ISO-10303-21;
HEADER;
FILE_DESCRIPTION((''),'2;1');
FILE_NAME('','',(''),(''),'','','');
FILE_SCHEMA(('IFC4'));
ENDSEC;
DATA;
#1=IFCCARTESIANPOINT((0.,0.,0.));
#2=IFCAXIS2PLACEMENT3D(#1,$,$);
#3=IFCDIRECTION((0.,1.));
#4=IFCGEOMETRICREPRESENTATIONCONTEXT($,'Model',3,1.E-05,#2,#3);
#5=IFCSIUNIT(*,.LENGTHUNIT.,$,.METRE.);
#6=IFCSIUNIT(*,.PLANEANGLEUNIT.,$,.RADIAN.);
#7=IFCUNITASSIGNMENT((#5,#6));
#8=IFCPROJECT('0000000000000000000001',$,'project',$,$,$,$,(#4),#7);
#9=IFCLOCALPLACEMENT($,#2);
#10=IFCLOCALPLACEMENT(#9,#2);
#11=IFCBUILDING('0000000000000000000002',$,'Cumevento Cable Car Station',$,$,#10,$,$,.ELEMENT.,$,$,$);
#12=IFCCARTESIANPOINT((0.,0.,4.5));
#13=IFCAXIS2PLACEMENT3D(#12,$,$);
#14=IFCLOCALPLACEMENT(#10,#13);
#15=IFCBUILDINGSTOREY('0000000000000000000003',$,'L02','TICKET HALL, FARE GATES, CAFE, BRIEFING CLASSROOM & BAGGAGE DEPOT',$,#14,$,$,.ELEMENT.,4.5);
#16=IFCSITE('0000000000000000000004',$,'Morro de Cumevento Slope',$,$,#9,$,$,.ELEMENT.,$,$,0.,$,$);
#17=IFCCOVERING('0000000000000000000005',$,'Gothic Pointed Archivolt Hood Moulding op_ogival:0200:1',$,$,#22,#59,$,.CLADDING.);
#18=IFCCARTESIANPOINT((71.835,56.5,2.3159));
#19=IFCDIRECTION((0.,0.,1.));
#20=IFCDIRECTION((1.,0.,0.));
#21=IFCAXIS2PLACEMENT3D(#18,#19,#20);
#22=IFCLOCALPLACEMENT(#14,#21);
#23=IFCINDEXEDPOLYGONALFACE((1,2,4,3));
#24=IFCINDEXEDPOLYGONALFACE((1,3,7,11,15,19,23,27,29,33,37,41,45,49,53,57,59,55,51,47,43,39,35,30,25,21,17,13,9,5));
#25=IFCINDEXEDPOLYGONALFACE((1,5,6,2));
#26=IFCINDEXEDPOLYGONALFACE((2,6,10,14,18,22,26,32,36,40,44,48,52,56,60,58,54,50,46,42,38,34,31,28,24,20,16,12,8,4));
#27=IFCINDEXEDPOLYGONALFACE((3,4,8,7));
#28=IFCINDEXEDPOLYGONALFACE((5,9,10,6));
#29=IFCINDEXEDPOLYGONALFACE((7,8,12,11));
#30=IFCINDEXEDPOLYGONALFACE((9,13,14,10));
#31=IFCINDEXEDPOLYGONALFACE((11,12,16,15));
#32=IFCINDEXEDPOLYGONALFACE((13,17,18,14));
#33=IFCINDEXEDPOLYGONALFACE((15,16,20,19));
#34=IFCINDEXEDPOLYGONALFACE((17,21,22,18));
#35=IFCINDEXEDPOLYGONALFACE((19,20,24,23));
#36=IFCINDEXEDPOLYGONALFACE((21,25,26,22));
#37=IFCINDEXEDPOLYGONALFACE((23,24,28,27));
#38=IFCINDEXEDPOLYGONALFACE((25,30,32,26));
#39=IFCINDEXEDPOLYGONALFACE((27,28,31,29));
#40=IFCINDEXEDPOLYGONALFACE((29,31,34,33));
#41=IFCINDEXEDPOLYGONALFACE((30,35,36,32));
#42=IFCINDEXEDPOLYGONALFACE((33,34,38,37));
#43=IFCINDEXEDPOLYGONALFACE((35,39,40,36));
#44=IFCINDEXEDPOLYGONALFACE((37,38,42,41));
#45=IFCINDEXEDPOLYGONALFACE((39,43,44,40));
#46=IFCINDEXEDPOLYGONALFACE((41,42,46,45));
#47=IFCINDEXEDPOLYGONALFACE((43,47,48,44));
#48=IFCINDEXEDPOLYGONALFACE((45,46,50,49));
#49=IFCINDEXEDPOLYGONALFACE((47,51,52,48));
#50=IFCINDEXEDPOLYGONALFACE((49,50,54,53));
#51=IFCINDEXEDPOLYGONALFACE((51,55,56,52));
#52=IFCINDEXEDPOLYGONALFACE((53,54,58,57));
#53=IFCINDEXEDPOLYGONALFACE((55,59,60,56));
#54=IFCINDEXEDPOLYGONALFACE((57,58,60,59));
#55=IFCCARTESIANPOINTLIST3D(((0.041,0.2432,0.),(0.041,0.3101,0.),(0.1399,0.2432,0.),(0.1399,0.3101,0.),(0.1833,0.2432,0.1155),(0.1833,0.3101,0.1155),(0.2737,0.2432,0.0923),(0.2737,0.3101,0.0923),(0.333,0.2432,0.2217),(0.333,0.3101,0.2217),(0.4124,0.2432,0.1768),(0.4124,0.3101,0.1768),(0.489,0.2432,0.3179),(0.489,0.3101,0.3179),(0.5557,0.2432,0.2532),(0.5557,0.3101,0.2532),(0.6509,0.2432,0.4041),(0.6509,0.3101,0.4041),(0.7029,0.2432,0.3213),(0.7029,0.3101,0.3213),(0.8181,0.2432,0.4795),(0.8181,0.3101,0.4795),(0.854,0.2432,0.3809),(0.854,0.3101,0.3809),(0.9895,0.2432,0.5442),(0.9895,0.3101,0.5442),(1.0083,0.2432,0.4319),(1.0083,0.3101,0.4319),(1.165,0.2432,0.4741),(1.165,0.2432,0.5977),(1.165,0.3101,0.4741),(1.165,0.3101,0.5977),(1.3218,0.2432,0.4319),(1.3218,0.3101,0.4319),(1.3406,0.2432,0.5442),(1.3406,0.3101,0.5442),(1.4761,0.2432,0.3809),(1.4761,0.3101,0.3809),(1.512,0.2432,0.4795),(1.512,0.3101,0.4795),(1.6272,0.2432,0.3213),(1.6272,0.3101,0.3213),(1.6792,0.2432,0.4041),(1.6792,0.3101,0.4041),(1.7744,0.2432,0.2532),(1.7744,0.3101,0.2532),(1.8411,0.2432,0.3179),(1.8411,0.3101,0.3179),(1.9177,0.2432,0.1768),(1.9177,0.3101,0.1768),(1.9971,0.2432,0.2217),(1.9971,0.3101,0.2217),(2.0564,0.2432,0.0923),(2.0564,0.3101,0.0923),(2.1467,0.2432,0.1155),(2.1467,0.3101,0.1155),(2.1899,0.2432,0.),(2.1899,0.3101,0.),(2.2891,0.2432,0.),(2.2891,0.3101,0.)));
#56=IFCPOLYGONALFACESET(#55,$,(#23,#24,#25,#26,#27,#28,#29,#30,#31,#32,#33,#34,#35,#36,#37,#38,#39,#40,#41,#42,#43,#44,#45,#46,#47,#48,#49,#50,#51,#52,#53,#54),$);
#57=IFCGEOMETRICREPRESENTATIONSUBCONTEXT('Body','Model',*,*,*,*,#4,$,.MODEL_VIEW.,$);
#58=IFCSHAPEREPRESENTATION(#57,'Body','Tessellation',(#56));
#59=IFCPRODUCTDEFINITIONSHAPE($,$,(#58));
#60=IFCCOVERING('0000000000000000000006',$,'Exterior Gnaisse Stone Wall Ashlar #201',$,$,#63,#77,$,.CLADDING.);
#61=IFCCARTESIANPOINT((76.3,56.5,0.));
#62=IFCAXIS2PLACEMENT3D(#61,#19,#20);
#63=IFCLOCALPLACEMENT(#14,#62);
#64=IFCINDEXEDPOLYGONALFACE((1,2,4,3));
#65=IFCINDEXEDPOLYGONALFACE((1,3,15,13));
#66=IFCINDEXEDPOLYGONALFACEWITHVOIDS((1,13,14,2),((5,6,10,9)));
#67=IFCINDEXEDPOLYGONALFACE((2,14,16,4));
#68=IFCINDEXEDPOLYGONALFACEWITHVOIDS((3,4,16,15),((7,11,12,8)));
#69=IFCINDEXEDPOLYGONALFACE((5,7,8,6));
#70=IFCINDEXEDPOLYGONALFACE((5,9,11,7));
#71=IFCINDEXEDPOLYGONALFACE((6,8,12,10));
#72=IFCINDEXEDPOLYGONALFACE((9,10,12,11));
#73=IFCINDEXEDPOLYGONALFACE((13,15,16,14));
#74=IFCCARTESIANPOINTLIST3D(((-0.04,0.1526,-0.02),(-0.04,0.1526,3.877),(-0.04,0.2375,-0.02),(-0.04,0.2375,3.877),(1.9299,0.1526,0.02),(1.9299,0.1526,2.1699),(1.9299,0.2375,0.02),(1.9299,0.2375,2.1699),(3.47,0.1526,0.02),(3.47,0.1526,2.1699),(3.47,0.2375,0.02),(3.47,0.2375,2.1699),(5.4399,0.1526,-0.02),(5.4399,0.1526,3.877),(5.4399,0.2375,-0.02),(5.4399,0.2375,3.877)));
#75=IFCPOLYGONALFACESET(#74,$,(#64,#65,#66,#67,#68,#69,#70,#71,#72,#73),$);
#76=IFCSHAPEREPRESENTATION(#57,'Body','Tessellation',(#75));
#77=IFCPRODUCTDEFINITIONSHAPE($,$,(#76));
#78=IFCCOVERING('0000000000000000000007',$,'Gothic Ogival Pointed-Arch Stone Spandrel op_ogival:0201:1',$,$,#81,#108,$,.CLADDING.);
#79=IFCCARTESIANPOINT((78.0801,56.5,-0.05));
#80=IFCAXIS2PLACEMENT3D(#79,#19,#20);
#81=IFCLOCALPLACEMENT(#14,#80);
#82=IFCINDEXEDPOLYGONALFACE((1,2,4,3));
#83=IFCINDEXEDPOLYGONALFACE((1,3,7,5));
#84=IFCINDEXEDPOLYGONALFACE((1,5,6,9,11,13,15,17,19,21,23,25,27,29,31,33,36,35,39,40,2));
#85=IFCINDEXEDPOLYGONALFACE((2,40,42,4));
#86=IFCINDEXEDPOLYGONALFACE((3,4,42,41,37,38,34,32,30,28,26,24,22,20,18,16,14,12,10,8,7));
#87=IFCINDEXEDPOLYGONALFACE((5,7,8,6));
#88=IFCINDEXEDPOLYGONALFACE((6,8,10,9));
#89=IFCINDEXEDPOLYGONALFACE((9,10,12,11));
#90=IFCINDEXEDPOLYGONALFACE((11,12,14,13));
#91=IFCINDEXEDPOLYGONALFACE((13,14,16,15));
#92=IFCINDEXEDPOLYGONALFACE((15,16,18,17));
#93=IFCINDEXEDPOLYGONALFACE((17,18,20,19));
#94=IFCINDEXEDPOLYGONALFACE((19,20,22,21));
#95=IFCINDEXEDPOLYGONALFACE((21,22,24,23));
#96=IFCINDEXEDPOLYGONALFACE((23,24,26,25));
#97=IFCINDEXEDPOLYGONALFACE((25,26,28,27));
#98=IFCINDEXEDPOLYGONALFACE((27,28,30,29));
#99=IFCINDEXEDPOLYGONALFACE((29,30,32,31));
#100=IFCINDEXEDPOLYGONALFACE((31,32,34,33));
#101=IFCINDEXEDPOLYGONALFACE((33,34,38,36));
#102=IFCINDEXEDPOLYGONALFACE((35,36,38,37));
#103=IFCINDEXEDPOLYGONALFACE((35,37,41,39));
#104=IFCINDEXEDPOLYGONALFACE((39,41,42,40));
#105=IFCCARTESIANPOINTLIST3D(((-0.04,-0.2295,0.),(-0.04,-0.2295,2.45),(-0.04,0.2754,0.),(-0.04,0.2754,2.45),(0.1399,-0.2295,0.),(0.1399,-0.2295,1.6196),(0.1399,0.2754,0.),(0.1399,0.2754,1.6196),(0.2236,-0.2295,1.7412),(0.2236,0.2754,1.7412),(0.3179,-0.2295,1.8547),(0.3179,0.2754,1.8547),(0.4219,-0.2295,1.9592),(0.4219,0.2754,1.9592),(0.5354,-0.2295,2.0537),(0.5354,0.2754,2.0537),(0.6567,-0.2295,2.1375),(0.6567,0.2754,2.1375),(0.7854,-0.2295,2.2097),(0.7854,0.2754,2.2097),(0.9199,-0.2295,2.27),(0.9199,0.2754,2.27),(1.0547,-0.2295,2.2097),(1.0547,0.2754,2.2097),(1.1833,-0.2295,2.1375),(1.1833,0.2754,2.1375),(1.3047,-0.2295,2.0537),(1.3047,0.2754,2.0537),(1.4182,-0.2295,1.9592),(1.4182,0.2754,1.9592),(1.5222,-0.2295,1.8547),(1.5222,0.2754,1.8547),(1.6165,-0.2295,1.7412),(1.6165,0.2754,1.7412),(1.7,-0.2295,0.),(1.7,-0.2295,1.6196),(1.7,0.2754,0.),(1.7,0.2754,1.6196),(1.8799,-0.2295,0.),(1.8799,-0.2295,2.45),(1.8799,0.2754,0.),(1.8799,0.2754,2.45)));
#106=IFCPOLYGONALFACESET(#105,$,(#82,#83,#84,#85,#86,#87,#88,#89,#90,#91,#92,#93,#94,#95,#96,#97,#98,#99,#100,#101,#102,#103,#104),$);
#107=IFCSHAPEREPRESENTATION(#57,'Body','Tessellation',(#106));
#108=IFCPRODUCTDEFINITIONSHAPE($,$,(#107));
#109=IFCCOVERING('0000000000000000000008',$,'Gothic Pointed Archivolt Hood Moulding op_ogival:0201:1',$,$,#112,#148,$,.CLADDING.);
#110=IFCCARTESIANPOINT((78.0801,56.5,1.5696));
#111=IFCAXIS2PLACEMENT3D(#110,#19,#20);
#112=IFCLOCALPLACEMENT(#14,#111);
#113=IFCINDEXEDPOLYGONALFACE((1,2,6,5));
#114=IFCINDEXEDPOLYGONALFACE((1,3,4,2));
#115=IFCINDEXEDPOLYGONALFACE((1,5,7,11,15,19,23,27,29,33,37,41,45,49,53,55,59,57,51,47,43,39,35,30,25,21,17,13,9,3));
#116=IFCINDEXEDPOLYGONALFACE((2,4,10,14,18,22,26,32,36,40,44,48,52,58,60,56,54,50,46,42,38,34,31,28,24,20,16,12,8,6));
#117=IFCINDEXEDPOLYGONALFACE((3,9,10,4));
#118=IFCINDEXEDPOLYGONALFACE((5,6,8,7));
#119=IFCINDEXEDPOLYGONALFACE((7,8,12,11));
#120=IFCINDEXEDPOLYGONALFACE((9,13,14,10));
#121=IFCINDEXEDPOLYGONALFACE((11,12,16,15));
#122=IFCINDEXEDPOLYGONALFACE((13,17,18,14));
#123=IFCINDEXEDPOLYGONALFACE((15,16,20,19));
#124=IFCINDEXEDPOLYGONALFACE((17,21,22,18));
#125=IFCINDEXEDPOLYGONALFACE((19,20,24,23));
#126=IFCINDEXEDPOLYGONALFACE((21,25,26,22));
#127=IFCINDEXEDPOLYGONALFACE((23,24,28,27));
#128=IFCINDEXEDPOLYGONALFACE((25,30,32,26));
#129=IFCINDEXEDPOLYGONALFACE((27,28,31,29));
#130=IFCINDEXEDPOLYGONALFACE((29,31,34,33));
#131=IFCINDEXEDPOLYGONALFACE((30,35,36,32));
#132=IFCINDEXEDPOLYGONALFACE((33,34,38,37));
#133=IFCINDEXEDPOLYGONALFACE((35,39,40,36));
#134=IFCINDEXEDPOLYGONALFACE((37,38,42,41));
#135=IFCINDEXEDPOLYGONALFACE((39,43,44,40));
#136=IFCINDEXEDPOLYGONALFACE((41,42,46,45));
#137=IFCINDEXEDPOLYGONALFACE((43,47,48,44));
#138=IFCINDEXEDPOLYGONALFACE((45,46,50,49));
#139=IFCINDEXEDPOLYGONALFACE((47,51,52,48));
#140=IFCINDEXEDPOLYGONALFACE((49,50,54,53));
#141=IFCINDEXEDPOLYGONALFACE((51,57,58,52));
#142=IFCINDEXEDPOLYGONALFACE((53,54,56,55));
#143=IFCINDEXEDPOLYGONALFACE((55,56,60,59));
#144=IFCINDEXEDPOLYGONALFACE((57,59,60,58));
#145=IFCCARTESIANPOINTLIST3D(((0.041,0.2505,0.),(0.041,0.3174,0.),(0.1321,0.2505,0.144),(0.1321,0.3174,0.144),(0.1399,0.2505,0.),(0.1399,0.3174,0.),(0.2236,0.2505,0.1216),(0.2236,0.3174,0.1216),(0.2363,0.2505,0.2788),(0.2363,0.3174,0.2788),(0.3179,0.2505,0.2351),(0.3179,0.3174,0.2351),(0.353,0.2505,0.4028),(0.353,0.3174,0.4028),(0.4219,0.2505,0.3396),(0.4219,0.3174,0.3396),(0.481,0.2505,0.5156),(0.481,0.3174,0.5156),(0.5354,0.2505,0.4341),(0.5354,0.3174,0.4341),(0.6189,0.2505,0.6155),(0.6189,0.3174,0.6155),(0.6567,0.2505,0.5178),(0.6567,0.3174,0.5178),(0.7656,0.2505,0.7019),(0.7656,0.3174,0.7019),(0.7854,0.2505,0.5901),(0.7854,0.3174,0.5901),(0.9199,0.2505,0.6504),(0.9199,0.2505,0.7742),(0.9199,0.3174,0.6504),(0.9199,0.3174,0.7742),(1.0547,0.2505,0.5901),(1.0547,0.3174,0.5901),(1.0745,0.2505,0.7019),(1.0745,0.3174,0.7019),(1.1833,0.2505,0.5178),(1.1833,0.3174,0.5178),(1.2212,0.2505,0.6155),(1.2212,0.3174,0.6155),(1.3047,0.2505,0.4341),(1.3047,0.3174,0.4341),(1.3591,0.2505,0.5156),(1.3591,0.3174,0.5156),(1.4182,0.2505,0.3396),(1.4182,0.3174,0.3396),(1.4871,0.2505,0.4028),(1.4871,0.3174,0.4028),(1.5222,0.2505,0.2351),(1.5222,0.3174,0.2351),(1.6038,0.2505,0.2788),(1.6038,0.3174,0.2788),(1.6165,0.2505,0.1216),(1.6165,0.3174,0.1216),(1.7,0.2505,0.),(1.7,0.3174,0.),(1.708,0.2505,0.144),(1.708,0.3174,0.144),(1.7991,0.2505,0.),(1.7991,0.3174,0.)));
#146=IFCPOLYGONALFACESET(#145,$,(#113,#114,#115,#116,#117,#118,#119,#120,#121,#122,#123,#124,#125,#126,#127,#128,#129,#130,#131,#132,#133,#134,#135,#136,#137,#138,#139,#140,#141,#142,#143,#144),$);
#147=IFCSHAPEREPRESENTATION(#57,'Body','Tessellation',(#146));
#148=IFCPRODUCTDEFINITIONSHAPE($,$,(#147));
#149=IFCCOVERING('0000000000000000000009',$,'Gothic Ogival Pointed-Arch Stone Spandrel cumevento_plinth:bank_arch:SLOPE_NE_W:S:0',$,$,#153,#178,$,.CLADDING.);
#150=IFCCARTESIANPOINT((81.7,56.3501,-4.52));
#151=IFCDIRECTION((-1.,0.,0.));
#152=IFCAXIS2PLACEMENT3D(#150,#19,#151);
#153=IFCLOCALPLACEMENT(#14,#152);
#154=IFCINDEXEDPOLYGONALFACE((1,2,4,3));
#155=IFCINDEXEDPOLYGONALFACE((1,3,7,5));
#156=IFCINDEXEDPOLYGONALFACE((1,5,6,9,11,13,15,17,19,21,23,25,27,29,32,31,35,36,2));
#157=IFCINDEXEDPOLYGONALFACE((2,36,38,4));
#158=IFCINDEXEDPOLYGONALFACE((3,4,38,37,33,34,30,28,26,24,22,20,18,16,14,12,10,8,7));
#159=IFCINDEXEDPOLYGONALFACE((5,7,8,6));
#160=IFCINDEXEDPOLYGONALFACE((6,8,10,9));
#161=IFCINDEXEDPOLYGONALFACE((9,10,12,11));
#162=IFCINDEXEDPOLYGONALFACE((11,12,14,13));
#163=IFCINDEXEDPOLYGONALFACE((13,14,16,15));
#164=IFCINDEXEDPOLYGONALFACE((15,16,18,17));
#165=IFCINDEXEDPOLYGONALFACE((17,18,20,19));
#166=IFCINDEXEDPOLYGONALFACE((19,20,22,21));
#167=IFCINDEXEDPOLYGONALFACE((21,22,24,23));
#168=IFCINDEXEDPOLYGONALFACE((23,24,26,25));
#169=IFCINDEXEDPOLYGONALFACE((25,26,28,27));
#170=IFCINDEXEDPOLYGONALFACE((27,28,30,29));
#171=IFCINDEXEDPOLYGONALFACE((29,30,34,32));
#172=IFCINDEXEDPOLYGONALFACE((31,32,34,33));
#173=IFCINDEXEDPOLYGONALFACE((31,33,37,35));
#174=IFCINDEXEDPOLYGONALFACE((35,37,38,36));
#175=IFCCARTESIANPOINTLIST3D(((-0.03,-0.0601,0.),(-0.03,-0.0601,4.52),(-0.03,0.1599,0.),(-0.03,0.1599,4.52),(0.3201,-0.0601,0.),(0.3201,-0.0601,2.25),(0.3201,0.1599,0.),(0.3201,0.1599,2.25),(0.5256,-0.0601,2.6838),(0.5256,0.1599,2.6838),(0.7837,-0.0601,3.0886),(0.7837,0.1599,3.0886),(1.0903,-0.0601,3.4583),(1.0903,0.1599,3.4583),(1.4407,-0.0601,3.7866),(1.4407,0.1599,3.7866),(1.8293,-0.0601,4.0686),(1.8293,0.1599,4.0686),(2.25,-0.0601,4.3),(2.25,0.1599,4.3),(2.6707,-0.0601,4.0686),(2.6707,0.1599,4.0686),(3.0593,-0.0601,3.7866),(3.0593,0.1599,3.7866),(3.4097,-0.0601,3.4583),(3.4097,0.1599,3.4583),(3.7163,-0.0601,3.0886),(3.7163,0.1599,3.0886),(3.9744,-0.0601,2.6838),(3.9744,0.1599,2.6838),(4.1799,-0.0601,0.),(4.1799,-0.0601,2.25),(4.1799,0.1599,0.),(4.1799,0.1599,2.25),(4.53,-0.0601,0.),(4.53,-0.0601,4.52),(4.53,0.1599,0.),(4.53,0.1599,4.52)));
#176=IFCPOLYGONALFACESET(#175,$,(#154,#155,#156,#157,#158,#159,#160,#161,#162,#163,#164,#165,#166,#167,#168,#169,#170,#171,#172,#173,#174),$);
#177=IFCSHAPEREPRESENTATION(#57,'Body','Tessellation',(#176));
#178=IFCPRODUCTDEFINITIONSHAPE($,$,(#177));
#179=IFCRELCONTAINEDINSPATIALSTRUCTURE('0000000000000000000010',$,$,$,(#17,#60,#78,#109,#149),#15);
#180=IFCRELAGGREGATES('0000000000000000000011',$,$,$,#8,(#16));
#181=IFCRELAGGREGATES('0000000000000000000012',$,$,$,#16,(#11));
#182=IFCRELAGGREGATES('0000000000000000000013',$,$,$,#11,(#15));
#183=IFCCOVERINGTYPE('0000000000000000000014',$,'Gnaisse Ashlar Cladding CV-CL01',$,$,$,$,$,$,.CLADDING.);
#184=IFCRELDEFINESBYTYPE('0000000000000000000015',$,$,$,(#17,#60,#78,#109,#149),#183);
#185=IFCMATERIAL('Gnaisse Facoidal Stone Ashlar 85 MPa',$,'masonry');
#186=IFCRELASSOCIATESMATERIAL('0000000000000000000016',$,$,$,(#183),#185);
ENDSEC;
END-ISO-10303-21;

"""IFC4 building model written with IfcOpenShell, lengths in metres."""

from ifc_helpers import new_model, si_unit, direction, frame, origin, place, context, subcontext, project, spatial, polyline, outline, extrude, material, type_object, element, save


model = new_model("IFC4")

# Units and contexts
model_context = context("Model", 3, precision=1e-05, world=origin(), true_north=direction((0.0, 1.0)))
body_context = subcontext(model_context, "Body", "Model", "MODEL_VIEW")
ifc_project = project(units=[si_unit("LENGTHUNIT", "METRE"), si_unit("PLANEANGLEUNIT", "RADIAN")], contexts=[model_context])

# Site, building, storey
site_placement = place(None, origin())
site = spatial("IfcSite", under=ifc_project, at=site_placement, Name="Morro de Cumevento Slope", CompositionType="ELEMENT", RefElevation=0.0)
building_placement = place(site_placement, origin())
building = spatial("IfcBuilding", under=site, at=building_placement, Name="Cumevento Cable Car Station", CompositionType="ELEMENT")
storey_placement = place(building_placement, frame((0.0, 0.0, 4.5)))
storey = spatial("IfcBuildingStorey", under=building, at=storey_placement, Name="L02", Description="TICKET HALL, FARE GATES, CAFE, BRIEFING CLASSROOM & BAGGAGE DEPOT", CompositionType="ELEMENT", Elevation=4.5)

# Coverings
ifc_material_1 = material(Name="Gnaisse Facoidal Stone Ashlar 85 MPa", Category="masonry")
covering_type = type_object("IfcCoveringType", Name="Gnaisse Ashlar Cladding CV-CL01", PredefinedType="CLADDING", material=ifc_material_1)
covering_1_placement = place(storey_placement, frame((71.835, 56.5, 2.3159), z_axis=(0.0, 0.0, 1.0), x_axis=(1.0, 0.0, 0.0)))
element("IfcCovering", 1, at=covering_1_placement, inside=storey, type_object=covering_type, Name="Gothic Pointed Archivolt Hood Moulding op_ogival:0200:1", PredefinedType="CLADDING", context=body_context, shape_type="SweptSolid", body=[
    extrude(outline(polyline([(0.1399, 0.0), (0.2737, 0.0923), (0.4124, 0.1768), (0.5557, 0.2532), (0.7029, 0.3213), (0.854, 0.3809), (1.0083, 0.4319), (1.165, 0.4741), (1.3218, 0.4319), (1.4761, 0.3809), (1.6272, 0.3213), (1.7744, 0.2532), (1.9177, 0.1768), (2.0564, 0.0923), (2.1899, 0.0), (2.2891, 0.0), (2.1467, 0.1155), (1.9971, 0.2217), (1.8411, 0.3179), (1.6792, 0.4041), (1.512, 0.4795), (1.3406, 0.5442), (1.165, 0.5977), (0.9895, 0.5442), (0.8181, 0.4795), (0.6509, 0.4041), (0.489, 0.3179), (0.333, 0.2217), (0.1833, 0.1155), (0.041, 0.0), (0.1399, 0.0)])), frame((0.0, 0.3101, 0.0), z_axis=(0.0, -1.0, 0.0), x_axis=(1.0, 0.0, 0.0)), (0.0, 0.0, 1.0), 0.0669),
])
covering_2_placement = place(storey_placement, frame((76.3, 56.5, 0.0), z_axis=(0.0, 0.0, 1.0), x_axis=(1.0, 0.0, 0.0)))
element("IfcCovering", 2, at=covering_2_placement, inside=storey, type_object=covering_type, Name="Exterior Gnaisse Stone Wall Ashlar #201", PredefinedType="CLADDING", context=body_context, shape_type="SweptSolid", body=[
    extrude(outline(polyline([(-0.04, -0.02), (5.4399, -0.02), (5.4399, 3.877), (-0.04, 3.877), (-0.04, -0.02)]), holes=[polyline([(1.9299, 0.02), (3.47, 0.02), (3.47, 2.1699), (1.9299, 2.1699), (1.9299, 0.02)])]), frame((0.0, 0.2375, 0.0), z_axis=(0.0, -1.0, 0.0), x_axis=(1.0, 0.0, 0.0)), (0.0, 0.0, 1.0), 0.085),
])
covering_3_placement = place(storey_placement, frame((78.0801, 56.5, -0.05), z_axis=(0.0, 0.0, 1.0), x_axis=(1.0, 0.0, 0.0)))
element("IfcCovering", 3, at=covering_3_placement, inside=storey, type_object=covering_type, Name="Gothic Ogival Pointed-Arch Stone Spandrel op_ogival:0201:1", PredefinedType="CLADDING", context=body_context, shape_type="SweptSolid", body=[
    extrude(outline(polyline([(-0.04, 0.0), (-0.04, 2.45), (1.8799, 2.45), (1.8799, 0.0), (1.7, 0.0), (1.7, 1.6196), (1.6165, 1.7412), (1.5222, 1.8547), (1.4182, 1.9592), (1.3047, 2.0537), (1.1833, 2.1375), (1.0547, 2.2097), (0.9199, 2.27), (0.7854, 2.2097), (0.6567, 2.1375), (0.5354, 2.0537), (0.4219, 1.9592), (0.3179, 1.8547), (0.2236, 1.7412), (0.1399, 1.6196), (0.1399, 0.0), (-0.04, 0.0)])), frame((0.0, 0.2754, 0.0), z_axis=(0.0, -1.0, 0.0), x_axis=(1.0, 0.0, 0.0)), (0.0, 0.0, 1.0), 0.5049),
])
covering_4_placement = place(storey_placement, frame((78.0801, 56.5, 1.5696), z_axis=(0.0, 0.0, 1.0), x_axis=(1.0, 0.0, 0.0)))
element("IfcCovering", 4, at=covering_4_placement, inside=storey, type_object=covering_type, Name="Gothic Pointed Archivolt Hood Moulding op_ogival:0201:1", PredefinedType="CLADDING", context=body_context, shape_type="SweptSolid", body=[
    extrude(outline(polyline([(0.1399, 0.0), (0.2236, 0.1216), (0.3179, 0.2351), (0.4219, 0.3396), (0.5354, 0.4341), (0.6567, 0.5178), (0.7854, 0.5901), (0.9199, 0.6504), (1.0547, 0.5901), (1.1833, 0.5178), (1.3047, 0.4341), (1.4182, 0.3396), (1.5222, 0.2351), (1.6165, 0.1216), (1.7, 0.0), (1.7991, 0.0), (1.708, 0.144), (1.6038, 0.2788), (1.4871, 0.4028), (1.3591, 0.5156), (1.2212, 0.6155), (1.0745, 0.7019), (0.9199, 0.7742), (0.7656, 0.7019), (0.6189, 0.6155), (0.481, 0.5156), (0.353, 0.4028), (0.2363, 0.2788), (0.1321, 0.144), (0.041, 0.0), (0.1399, 0.0)])), frame((0.0, 0.3174, 0.0), z_axis=(0.0, -1.0, 0.0), x_axis=(1.0, 0.0, 0.0)), (0.0, 0.0, 1.0), 0.0669),
])
covering_5_placement = place(storey_placement, frame((81.7, 56.3501, -4.52), z_axis=(0.0, 0.0, 1.0), x_axis=(-1.0, 0.0, 0.0)))
element("IfcCovering", 5, at=covering_5_placement, inside=storey, type_object=covering_type, Name="Gothic Ogival Pointed-Arch Stone Spandrel cumevento_plinth:bank_arch:SLOPE_NE_W:S:0", PredefinedType="CLADDING", context=body_context, shape_type="SweptSolid", body=[
    extrude(outline(polyline([(-0.03, 0.0), (-0.03, 4.52), (4.53, 4.52), (4.53, 0.0), (4.1799, 0.0), (4.1799, 2.25), (3.9744, 2.6838), (3.7163, 3.0886), (3.4097, 3.4583), (3.0593, 3.7866), (2.6707, 4.0686), (2.25, 4.3), (1.8293, 4.0686), (1.4407, 3.7866), (1.0903, 3.4583), (0.7837, 3.0886), (0.5256, 2.6838), (0.3201, 2.25), (0.3201, 0.0), (-0.03, 0.0)])), frame((0.0, 0.1599, 0.0), z_axis=(0.0, -1.0, 0.0), x_axis=(1.0, 0.0, 0.0)), (0.0, 0.0, 1.0), 0.22),
])

save(model, "model.ifc")
